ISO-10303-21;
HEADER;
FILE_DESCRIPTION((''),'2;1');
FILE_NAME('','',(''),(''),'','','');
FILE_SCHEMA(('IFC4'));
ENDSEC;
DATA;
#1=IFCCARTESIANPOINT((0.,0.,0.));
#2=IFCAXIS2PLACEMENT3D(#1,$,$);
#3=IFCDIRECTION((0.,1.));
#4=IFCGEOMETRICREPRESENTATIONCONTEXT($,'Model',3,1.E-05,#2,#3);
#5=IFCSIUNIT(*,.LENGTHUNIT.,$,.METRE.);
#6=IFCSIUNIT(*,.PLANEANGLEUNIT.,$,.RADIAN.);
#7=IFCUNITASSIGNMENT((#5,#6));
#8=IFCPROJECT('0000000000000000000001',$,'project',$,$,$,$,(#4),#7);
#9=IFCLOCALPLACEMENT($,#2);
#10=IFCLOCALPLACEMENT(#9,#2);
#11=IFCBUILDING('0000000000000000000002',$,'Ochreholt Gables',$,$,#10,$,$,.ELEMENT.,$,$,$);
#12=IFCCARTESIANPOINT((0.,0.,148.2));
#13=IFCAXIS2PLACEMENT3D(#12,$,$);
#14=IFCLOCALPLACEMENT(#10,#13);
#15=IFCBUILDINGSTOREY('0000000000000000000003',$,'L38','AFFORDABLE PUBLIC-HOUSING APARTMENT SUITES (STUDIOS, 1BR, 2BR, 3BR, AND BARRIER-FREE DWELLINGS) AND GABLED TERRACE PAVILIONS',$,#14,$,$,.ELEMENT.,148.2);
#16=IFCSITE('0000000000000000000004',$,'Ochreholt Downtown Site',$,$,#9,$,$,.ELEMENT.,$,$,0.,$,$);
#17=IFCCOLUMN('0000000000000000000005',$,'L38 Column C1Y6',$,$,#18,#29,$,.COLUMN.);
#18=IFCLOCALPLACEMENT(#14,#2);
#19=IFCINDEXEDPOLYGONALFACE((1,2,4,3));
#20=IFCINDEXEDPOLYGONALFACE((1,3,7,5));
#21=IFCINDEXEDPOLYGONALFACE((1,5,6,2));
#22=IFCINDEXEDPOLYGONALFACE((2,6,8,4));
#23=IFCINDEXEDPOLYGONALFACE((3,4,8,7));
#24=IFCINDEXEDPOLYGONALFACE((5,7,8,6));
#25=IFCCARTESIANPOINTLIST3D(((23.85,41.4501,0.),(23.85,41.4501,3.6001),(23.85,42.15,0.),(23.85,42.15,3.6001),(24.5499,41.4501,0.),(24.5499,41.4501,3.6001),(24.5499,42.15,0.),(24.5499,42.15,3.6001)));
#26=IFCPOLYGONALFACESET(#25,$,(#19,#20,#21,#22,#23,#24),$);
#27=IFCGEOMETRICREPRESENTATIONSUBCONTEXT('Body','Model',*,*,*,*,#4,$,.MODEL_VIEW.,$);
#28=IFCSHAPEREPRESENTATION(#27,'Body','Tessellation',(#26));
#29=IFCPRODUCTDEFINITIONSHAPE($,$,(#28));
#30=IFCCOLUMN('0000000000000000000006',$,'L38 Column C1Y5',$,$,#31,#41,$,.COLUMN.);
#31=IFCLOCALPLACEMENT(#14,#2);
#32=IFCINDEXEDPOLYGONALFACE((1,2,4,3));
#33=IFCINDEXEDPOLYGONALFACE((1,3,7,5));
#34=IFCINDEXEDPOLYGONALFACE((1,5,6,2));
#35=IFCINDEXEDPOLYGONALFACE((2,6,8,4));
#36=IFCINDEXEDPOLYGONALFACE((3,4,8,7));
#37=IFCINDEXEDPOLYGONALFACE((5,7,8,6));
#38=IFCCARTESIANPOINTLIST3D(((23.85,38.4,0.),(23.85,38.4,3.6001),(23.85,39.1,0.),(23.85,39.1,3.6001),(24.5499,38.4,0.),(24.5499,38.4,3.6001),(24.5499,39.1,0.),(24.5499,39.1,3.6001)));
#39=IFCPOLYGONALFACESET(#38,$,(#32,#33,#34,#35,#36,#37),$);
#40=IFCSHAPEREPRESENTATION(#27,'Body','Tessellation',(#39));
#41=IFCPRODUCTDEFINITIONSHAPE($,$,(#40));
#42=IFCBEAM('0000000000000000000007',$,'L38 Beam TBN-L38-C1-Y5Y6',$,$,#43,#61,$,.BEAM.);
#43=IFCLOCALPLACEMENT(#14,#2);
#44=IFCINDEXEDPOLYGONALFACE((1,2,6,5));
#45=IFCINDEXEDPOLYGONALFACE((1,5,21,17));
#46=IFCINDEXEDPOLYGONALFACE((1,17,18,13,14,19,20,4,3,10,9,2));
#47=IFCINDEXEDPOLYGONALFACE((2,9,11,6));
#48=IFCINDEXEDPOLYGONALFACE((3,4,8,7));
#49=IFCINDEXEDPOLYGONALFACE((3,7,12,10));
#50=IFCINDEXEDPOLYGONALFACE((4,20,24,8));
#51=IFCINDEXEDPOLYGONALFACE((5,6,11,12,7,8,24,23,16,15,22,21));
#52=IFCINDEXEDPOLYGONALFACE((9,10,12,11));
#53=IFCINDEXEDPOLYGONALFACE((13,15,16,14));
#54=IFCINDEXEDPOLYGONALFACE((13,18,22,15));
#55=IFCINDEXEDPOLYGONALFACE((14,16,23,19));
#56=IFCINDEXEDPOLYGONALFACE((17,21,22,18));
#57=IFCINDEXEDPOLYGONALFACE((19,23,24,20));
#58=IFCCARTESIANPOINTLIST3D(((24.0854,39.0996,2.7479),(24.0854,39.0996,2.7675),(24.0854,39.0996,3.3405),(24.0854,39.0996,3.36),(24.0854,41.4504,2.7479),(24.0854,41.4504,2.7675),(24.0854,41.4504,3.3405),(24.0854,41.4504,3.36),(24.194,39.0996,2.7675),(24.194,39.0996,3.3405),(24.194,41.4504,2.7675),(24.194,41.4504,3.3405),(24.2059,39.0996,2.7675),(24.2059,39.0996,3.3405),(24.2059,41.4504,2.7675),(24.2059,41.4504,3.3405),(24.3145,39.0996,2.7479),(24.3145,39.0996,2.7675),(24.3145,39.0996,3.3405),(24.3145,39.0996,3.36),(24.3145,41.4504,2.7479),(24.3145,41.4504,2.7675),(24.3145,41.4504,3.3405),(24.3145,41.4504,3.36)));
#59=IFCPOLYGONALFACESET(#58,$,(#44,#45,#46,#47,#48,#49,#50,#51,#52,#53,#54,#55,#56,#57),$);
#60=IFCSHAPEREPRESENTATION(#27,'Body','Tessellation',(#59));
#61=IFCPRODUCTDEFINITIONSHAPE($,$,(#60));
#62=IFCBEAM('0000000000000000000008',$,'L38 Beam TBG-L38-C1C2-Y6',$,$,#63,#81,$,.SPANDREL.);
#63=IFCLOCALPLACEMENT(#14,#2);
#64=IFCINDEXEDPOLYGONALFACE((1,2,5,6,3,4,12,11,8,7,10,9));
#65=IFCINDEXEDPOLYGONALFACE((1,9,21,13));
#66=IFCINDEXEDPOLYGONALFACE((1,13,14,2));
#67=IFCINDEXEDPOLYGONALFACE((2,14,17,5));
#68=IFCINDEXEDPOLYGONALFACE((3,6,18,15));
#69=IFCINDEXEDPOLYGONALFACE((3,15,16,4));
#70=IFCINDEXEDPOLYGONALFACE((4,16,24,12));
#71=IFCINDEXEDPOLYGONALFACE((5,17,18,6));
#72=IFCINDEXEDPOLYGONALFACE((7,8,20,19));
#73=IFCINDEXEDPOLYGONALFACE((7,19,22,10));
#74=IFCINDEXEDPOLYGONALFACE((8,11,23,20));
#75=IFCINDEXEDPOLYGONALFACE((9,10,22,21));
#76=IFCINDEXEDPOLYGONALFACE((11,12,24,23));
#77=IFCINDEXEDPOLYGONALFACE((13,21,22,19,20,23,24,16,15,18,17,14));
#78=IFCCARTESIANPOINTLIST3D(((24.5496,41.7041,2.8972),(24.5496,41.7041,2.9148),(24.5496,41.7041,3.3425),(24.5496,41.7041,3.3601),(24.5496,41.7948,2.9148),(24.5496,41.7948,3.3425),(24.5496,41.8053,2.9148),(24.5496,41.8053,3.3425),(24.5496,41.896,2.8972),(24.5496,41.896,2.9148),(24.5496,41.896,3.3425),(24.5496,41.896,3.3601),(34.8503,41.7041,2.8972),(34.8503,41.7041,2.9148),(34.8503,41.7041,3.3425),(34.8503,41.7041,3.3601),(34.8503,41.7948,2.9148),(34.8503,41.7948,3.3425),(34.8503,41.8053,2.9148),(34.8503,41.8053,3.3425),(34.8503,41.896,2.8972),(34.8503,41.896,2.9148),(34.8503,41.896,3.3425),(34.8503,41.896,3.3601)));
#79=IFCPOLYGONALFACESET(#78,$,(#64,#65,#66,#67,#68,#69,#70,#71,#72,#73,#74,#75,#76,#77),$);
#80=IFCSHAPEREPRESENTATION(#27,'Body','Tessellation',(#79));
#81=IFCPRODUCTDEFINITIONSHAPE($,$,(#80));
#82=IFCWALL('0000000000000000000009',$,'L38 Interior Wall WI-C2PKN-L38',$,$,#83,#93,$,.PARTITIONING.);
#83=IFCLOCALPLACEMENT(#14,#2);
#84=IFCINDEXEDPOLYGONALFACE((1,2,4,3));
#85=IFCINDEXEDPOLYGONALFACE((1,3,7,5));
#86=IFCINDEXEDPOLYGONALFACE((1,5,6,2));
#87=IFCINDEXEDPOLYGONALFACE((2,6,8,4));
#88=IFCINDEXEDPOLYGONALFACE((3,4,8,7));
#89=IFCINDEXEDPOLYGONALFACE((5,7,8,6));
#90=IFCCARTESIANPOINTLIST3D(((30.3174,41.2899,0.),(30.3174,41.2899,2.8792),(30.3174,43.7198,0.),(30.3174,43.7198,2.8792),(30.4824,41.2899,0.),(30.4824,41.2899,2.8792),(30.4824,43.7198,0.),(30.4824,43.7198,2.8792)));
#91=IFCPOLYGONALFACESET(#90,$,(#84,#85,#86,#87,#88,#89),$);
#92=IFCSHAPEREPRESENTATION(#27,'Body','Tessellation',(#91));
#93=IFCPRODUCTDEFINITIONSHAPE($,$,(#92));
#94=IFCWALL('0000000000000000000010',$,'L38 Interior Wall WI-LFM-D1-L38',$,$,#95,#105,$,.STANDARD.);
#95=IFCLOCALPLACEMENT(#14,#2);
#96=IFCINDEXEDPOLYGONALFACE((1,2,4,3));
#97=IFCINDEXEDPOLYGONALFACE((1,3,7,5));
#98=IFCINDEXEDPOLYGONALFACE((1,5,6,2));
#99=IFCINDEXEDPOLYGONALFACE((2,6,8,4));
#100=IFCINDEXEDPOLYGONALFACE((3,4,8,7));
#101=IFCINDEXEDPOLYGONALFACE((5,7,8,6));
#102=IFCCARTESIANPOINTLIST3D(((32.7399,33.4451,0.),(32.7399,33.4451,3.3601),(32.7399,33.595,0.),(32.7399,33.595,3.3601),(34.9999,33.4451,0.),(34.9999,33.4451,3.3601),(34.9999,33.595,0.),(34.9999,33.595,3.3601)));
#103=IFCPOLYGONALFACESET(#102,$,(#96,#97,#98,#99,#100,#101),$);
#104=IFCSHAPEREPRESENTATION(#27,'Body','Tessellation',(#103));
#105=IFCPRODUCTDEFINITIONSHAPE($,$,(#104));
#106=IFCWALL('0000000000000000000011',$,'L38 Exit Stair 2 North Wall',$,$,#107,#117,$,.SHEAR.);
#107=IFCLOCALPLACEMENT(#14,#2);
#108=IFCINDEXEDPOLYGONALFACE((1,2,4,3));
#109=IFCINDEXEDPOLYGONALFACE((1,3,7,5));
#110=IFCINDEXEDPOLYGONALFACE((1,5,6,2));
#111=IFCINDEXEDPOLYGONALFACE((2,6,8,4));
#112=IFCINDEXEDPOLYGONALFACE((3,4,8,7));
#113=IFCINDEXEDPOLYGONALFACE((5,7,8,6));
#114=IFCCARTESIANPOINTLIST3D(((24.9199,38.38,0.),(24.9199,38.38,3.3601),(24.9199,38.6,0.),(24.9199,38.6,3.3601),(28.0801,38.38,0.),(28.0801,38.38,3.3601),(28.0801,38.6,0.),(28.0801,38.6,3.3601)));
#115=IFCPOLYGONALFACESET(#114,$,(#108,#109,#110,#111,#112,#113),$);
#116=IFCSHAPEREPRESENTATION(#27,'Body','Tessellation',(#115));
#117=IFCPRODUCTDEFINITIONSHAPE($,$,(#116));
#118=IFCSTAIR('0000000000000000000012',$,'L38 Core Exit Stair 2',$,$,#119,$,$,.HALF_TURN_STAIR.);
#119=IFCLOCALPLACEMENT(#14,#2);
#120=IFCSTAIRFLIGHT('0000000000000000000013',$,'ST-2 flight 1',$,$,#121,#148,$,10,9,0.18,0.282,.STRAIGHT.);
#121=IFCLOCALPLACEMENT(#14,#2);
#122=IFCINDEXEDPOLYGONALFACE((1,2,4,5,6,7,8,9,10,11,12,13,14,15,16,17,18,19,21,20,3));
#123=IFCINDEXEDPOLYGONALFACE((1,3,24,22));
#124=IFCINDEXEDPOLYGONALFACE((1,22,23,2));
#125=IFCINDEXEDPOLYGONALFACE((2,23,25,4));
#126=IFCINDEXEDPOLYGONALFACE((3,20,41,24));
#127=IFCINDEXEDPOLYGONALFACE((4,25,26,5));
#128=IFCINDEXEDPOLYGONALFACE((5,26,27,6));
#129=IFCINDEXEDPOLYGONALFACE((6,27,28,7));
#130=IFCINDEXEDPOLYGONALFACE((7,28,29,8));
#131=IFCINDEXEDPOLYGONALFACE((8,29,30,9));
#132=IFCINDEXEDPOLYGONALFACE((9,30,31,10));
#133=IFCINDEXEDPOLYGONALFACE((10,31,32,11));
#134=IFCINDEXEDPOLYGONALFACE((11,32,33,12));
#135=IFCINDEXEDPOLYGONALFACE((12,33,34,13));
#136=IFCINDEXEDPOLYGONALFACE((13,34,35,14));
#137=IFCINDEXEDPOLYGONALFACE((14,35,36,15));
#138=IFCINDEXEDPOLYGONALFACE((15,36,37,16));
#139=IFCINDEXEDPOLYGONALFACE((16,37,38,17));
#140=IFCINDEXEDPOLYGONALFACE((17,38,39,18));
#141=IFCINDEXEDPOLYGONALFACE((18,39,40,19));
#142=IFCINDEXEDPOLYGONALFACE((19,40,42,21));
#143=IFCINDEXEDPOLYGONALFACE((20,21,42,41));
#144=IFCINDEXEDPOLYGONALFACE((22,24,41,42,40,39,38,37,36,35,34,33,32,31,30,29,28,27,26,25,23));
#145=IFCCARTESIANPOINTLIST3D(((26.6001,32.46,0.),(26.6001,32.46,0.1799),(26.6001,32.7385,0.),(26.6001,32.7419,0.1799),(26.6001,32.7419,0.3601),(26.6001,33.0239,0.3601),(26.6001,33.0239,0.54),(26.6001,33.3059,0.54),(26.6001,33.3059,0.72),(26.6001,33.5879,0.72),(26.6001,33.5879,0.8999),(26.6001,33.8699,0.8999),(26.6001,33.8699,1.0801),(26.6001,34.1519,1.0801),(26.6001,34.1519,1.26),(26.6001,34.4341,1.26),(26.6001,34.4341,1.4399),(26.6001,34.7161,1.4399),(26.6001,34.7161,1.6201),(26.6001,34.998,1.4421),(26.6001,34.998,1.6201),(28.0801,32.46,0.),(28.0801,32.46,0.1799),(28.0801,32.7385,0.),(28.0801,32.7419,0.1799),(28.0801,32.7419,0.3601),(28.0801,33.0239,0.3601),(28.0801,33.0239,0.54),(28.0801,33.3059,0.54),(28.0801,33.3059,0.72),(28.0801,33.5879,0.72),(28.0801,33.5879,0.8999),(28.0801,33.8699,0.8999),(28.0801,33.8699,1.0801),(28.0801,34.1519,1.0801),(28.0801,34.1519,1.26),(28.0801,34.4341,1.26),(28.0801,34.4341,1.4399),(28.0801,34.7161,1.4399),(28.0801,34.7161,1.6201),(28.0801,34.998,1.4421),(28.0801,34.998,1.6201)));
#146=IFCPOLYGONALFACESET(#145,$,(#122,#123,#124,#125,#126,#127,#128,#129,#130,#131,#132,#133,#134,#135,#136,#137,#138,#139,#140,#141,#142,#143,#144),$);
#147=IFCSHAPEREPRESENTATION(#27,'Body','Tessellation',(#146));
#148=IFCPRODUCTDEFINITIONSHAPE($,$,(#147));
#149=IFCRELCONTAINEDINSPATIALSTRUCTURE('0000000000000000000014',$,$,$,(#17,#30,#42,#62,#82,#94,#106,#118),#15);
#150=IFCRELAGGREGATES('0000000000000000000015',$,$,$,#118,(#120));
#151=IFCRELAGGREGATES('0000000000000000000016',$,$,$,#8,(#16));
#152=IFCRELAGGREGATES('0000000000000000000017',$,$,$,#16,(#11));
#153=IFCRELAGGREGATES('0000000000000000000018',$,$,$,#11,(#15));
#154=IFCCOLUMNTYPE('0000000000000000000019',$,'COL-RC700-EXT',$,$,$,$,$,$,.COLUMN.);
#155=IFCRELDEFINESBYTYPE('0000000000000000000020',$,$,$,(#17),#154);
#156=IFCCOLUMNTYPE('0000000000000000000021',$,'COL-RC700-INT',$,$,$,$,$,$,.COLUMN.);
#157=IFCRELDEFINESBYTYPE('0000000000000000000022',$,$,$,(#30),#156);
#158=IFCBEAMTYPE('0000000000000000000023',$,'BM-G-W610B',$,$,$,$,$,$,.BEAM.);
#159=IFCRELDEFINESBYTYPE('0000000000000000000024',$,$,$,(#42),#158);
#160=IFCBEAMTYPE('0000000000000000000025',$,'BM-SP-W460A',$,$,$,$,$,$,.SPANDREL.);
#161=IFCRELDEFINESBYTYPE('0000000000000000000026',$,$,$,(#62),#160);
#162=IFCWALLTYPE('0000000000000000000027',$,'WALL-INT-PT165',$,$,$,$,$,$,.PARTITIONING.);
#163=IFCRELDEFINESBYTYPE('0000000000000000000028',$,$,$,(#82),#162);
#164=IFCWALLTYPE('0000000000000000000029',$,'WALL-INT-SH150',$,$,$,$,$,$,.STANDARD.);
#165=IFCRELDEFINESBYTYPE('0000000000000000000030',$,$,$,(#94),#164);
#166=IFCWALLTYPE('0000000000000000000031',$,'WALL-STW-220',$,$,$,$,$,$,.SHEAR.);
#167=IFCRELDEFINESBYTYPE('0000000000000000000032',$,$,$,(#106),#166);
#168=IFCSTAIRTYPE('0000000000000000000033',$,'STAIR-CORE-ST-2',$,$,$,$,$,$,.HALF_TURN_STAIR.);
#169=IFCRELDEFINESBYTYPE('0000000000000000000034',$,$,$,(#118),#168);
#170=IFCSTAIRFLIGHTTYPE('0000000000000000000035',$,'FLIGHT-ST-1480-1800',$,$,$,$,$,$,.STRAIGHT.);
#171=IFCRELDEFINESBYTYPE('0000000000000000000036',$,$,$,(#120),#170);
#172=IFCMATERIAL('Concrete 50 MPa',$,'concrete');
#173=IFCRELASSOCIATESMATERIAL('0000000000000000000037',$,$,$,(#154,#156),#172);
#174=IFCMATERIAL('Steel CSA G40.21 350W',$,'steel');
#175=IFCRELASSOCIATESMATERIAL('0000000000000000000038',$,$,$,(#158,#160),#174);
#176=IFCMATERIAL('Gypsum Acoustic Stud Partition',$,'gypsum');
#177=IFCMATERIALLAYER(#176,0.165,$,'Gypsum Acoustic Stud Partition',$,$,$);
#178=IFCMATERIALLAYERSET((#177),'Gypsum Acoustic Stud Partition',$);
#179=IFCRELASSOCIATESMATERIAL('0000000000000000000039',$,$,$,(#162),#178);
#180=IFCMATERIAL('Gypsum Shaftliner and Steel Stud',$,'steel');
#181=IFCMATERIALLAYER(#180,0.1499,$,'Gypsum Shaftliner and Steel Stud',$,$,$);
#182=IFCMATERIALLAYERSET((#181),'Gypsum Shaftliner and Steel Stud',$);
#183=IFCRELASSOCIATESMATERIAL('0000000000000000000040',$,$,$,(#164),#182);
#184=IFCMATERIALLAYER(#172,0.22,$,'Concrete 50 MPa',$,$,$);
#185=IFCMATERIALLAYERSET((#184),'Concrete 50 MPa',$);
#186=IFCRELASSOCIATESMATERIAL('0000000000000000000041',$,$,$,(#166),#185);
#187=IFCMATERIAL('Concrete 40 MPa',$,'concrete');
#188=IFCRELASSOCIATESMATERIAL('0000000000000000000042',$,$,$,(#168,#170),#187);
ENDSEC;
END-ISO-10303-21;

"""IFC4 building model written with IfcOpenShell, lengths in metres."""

from ifc_helpers import new_model, si_unit, direction, frame, frame_2d, origin, origin_2d, place, context, subcontext, project, spatial, polyline, rectangle, i_section, outline, extrude, material, layer, layer_set, material_profile, profile_set, type_object, element, aggregate, save


model = new_model("IFC4")

# Units and contexts
model_context = context("Model", 3, precision=1e-05, world=origin(), true_north=direction((0.0, 1.0)))
body_context = subcontext(model_context, "Body", "Model", "MODEL_VIEW")
ifc_project = project(units=[si_unit("LENGTHUNIT", "METRE"), si_unit("PLANEANGLEUNIT", "RADIAN")], contexts=[model_context])

# Site, building, storey
site_placement = place(None, origin())
site = spatial("IfcSite", under=ifc_project, at=site_placement, Name="Ochreholt Downtown Site", CompositionType="ELEMENT", RefElevation=0.0)
building_placement = place(site_placement, origin())
building = spatial("IfcBuilding", under=site, at=building_placement, Name="Ochreholt Gables", CompositionType="ELEMENT")
storey_placement = place(building_placement, frame((0.0, 0.0, 148.2)))
storey = spatial("IfcBuildingStorey", under=building, at=storey_placement, Name="L38", Description="AFFORDABLE PUBLIC-HOUSING APARTMENT SUITES (STUDIOS, 1BR, 2BR, 3BR, AND BARRIER-FREE DWELLINGS) AND GABLED TERRACE PAVILIONS", CompositionType="ELEMENT", Elevation=148.2)

# Columns
ifc_material_1 = material(Name="Concrete 50 MPa", Category="concrete")
ifc_material_profile_1 = material_profile(ifc_material_1, rectangle(XDim=0.7, YDim=0.7, at=origin_2d()), Name="RC700X700")
ifc_profile_set_1 = profile_set([ifc_material_profile_1], Name="Concrete 50 MPa")
column_type_1 = type_object("IfcColumnType", Name="COL-RC700-EXT", PredefinedType="COLUMN", material=ifc_profile_set_1)
column_1_placement = place(storey_placement, frame((24.2, 41.8, 0.0), z_axis=(0.0, 0.0, 1.0), x_axis=(1.0, 0.0, 0.0)))
element("IfcColumn", 1, at=column_1_placement, inside=storey, type_object=column_type_1, Name="L38 Column C1Y6", PredefinedType="COLUMN", context=body_context, shape_type="SweptSolid", body=[
    extrude(rectangle(XDim=0.7, YDim=0.7, at=origin_2d()), origin(), (0.0, 0.0, 1.0), 3.6001),
])
ifc_material_profile_2 = material_profile(ifc_material_1, rectangle(XDim=0.7, YDim=0.7, at=origin_2d()), Name="RC700X700")
ifc_profile_set_2 = profile_set([ifc_material_profile_2], Name="Concrete 50 MPa")
column_type_2 = type_object("IfcColumnType", Name="COL-RC700-INT", PredefinedType="COLUMN", material=ifc_profile_set_2)
column_2_placement = place(storey_placement, frame((24.2, 38.75, 0.0), z_axis=(0.0, 0.0, 1.0), x_axis=(1.0, 0.0, 0.0)))
element("IfcColumn", 2, at=column_2_placement, inside=storey, type_object=column_type_2, Name="L38 Column C1Y5", PredefinedType="COLUMN", context=body_context, shape_type="SweptSolid", body=[
    extrude(rectangle(XDim=0.7, YDim=0.7, at=origin_2d()), origin(), (0.0, 0.0, 1.0), 3.6001),
])

# Beams
ifc_material_2 = material(Name="Steel CSA G40.21 350W", Category="steel")
ifc_material_profile_3 = material_profile(ifc_material_2, i_section(OverallWidth=0.229, OverallDepth=0.6121, WebThickness=0.012, FlangeThickness=0.0195, at=origin_2d()), Name="W610X125")
ifc_profile_set_3 = profile_set([ifc_material_profile_3], Name="Steel CSA G40.21 350W")
beam_type_1 = type_object("IfcBeamType", Name="BM-G-W610B", PredefinedType="BEAM", material=ifc_profile_set_3)
beam_1_placement = place(storey_placement, frame((24.2, 39.0996, 3.054), z_axis=(0.0, 1.0, 0.0), x_axis=(-1.0, 0.0, 0.0)))
element("IfcBeam", 3, at=beam_1_placement, inside=storey, type_object=beam_type_1, Name="L38 Beam TBN-L38-C1-Y5Y6", PredefinedType="BEAM", context=body_context, shape_type="SweptSolid", body=[
    extrude(i_section(OverallWidth=0.229, OverallDepth=0.6121, WebThickness=0.012, FlangeThickness=0.0195, at=origin_2d()), origin(), (0.0, 0.0, 1.0), 2.3508),
])
ifc_material_profile_4 = material_profile(ifc_material_2, i_section(OverallWidth=0.1919, OverallDepth=0.4629, WebThickness=0.0105, FlangeThickness=0.0176, at=origin_2d()), Name="W460X89")
ifc_profile_set_4 = profile_set([ifc_material_profile_4], Name="Steel CSA G40.21 350W")
beam_type_2 = type_object("IfcBeamType", Name="BM-SP-W460A", PredefinedType="SPANDREL", material=ifc_profile_set_4)
beam_2_placement = place(storey_placement, frame((24.5496, 41.8, 3.1287), z_axis=(1.0, 0.0, 0.0), x_axis=(0.0, 1.0, 0.0)))
element("IfcBeam", 4, at=beam_2_placement, inside=storey, type_object=beam_type_2, Name="L38 Beam TBG-L38-C1C2-Y6", PredefinedType="SPANDREL", context=body_context, shape_type="SweptSolid", body=[
    extrude(i_section(OverallWidth=0.1919, OverallDepth=0.4629, WebThickness=0.0105, FlangeThickness=0.0176, at=origin_2d()), origin(), (0.0, 0.0, 1.0), 10.3008),
])

# Walls
ifc_material_3 = material(Name="Gypsum Acoustic Stud Partition", Category="gypsum")
ifc_layer_1 = layer(ifc_material_3, 0.165, Name="Gypsum Acoustic Stud Partition")
ifc_layer_set_1 = layer_set([ifc_layer_1], Name="Gypsum Acoustic Stud Partition")
wall_type_1 = type_object("IfcWallType", Name="WALL-INT-PT165", PredefinedType="PARTITIONING", material=ifc_layer_set_1)
wall_1_placement = place(storey_placement, frame((30.3999, 41.29, 0.0), z_axis=(0.0, 0.0, 1.0), x_axis=(0.0, 1.0, 0.0)))
element("IfcWall", 5, at=wall_1_placement, inside=storey, type_object=wall_type_1, Name="L38 Interior Wall WI-C2PKN-L38", PredefinedType="PARTITIONING", context=body_context, shape_type="SweptSolid", body=[
    extrude(rectangle(XDim=2.4299, YDim=0.165, at=frame_2d((1.2148, 0.0))), origin(), (0.0, 0.0, 1.0), 2.8792),
])
ifc_material_4 = material(Name="Gypsum Shaftliner and Steel Stud", Category="steel")
ifc_layer_2 = layer(ifc_material_4, 0.1499, Name="Gypsum Shaftliner and Steel Stud")
ifc_layer_set_2 = layer_set([ifc_layer_2], Name="Gypsum Shaftliner and Steel Stud")
wall_type_2 = type_object("IfcWallType", Name="WALL-INT-SH150", PredefinedType="STANDARD", material=ifc_layer_set_2)
wall_2_placement = place(storey_placement, frame((32.74, 33.52, 0.0), z_axis=(0.0, 0.0, 1.0), x_axis=(1.0, 0.0, 0.0)))
element("IfcWall", 6, at=wall_2_placement, inside=storey, type_object=wall_type_2, Name="L38 Interior Wall WI-LFM-D1-L38", PredefinedType="STANDARD", context=body_context, shape_type="SweptSolid", body=[
    extrude(rectangle(XDim=2.26, YDim=0.1499, at=frame_2d((1.1299, 0.0))), origin(), (0.0, 0.0, 1.0), 3.3601),
])
ifc_layer_3 = layer(ifc_material_1, 0.22, Name="Concrete 50 MPa")
ifc_layer_set_3 = layer_set([ifc_layer_3], Name="Concrete 50 MPa")
wall_type_3 = type_object("IfcWallType", Name="WALL-STW-220", PredefinedType="SHEAR", material=ifc_layer_set_3)
wall_3_placement = place(storey_placement, frame((24.9199, 38.49, 0.0), z_axis=(0.0, 0.0, 1.0), x_axis=(1.0, 0.0, 0.0)))
element("IfcWall", 7, at=wall_3_placement, inside=storey, type_object=wall_type_3, Name="L38 Exit Stair 2 North Wall", PredefinedType="SHEAR", context=body_context, shape_type="SweptSolid", body=[
    extrude(rectangle(XDim=3.1602, YDim=0.22, at=frame_2d((1.5801, 0.0))), origin(), (0.0, 0.0, 1.0), 3.3601),
])

# Stair, stair flight
ifc_material_5 = material(Name="Concrete 40 MPa", Category="concrete")
stair_type = type_object("IfcStairType", Name="STAIR-CORE-ST-2", PredefinedType="HALF_TURN_STAIR", material=ifc_material_5)
stair_placement = place(storey_placement, origin())
stair = element("IfcStair", 8, at=stair_placement, inside=storey, type_object=stair_type, Name="L38 Core Exit Stair 2", PredefinedType="HALF_TURN_STAIR")
stair_flight_type = type_object("IfcStairFlightType", Name="FLIGHT-ST-1480-1800", PredefinedType="STRAIGHT", material=ifc_material_5)
stair_flight_1_placement = place(storey_placement, frame((27.3401, 32.46, 0.0), z_axis=(0.0, 0.0, 1.0), x_axis=(0.0, 1.0, 0.0)))
stair_flight_1 = element("IfcStairFlight", 9, at=stair_flight_1_placement, type_object=stair_flight_type, Name="ST-2 flight 1", NumberOfRisers=10, NumberOfTreads=9, PredefinedType="STRAIGHT", RiserHeight=0.18, TreadLength=0.282, context=body_context, shape_type="SweptSolid", body=[
    extrude(outline(polyline([(0.0, 0.0), (0.0, 0.1799), (0.282, 0.1799), (0.282, 0.3601), (0.564, 0.3601), (0.564, 0.54), (0.8459, 0.54), (0.8459, 0.72), (1.1279, 0.72), (1.1279, 0.8999), (1.4099, 0.8999), (1.4099, 1.0801), (1.6919, 1.0801), (1.6919, 1.26), (1.9741, 1.26), (1.9741, 1.4399), (2.2561, 1.4399), (2.2561, 1.6201), (2.5381, 1.6201), (2.5381, 1.8), (2.5381, 1.4421), (0.2786, 0.0), (0.0, 0.0)])), frame((0.0, 0.74, 0.0), z_axis=(0.0, -1.0, 0.0), x_axis=(1.0, 0.0, 0.0)), (0.0, 0.0, 1.0), 1.48),
])
aggregate(stair, [stair_flight_1])

save(model, "model.ifc")
